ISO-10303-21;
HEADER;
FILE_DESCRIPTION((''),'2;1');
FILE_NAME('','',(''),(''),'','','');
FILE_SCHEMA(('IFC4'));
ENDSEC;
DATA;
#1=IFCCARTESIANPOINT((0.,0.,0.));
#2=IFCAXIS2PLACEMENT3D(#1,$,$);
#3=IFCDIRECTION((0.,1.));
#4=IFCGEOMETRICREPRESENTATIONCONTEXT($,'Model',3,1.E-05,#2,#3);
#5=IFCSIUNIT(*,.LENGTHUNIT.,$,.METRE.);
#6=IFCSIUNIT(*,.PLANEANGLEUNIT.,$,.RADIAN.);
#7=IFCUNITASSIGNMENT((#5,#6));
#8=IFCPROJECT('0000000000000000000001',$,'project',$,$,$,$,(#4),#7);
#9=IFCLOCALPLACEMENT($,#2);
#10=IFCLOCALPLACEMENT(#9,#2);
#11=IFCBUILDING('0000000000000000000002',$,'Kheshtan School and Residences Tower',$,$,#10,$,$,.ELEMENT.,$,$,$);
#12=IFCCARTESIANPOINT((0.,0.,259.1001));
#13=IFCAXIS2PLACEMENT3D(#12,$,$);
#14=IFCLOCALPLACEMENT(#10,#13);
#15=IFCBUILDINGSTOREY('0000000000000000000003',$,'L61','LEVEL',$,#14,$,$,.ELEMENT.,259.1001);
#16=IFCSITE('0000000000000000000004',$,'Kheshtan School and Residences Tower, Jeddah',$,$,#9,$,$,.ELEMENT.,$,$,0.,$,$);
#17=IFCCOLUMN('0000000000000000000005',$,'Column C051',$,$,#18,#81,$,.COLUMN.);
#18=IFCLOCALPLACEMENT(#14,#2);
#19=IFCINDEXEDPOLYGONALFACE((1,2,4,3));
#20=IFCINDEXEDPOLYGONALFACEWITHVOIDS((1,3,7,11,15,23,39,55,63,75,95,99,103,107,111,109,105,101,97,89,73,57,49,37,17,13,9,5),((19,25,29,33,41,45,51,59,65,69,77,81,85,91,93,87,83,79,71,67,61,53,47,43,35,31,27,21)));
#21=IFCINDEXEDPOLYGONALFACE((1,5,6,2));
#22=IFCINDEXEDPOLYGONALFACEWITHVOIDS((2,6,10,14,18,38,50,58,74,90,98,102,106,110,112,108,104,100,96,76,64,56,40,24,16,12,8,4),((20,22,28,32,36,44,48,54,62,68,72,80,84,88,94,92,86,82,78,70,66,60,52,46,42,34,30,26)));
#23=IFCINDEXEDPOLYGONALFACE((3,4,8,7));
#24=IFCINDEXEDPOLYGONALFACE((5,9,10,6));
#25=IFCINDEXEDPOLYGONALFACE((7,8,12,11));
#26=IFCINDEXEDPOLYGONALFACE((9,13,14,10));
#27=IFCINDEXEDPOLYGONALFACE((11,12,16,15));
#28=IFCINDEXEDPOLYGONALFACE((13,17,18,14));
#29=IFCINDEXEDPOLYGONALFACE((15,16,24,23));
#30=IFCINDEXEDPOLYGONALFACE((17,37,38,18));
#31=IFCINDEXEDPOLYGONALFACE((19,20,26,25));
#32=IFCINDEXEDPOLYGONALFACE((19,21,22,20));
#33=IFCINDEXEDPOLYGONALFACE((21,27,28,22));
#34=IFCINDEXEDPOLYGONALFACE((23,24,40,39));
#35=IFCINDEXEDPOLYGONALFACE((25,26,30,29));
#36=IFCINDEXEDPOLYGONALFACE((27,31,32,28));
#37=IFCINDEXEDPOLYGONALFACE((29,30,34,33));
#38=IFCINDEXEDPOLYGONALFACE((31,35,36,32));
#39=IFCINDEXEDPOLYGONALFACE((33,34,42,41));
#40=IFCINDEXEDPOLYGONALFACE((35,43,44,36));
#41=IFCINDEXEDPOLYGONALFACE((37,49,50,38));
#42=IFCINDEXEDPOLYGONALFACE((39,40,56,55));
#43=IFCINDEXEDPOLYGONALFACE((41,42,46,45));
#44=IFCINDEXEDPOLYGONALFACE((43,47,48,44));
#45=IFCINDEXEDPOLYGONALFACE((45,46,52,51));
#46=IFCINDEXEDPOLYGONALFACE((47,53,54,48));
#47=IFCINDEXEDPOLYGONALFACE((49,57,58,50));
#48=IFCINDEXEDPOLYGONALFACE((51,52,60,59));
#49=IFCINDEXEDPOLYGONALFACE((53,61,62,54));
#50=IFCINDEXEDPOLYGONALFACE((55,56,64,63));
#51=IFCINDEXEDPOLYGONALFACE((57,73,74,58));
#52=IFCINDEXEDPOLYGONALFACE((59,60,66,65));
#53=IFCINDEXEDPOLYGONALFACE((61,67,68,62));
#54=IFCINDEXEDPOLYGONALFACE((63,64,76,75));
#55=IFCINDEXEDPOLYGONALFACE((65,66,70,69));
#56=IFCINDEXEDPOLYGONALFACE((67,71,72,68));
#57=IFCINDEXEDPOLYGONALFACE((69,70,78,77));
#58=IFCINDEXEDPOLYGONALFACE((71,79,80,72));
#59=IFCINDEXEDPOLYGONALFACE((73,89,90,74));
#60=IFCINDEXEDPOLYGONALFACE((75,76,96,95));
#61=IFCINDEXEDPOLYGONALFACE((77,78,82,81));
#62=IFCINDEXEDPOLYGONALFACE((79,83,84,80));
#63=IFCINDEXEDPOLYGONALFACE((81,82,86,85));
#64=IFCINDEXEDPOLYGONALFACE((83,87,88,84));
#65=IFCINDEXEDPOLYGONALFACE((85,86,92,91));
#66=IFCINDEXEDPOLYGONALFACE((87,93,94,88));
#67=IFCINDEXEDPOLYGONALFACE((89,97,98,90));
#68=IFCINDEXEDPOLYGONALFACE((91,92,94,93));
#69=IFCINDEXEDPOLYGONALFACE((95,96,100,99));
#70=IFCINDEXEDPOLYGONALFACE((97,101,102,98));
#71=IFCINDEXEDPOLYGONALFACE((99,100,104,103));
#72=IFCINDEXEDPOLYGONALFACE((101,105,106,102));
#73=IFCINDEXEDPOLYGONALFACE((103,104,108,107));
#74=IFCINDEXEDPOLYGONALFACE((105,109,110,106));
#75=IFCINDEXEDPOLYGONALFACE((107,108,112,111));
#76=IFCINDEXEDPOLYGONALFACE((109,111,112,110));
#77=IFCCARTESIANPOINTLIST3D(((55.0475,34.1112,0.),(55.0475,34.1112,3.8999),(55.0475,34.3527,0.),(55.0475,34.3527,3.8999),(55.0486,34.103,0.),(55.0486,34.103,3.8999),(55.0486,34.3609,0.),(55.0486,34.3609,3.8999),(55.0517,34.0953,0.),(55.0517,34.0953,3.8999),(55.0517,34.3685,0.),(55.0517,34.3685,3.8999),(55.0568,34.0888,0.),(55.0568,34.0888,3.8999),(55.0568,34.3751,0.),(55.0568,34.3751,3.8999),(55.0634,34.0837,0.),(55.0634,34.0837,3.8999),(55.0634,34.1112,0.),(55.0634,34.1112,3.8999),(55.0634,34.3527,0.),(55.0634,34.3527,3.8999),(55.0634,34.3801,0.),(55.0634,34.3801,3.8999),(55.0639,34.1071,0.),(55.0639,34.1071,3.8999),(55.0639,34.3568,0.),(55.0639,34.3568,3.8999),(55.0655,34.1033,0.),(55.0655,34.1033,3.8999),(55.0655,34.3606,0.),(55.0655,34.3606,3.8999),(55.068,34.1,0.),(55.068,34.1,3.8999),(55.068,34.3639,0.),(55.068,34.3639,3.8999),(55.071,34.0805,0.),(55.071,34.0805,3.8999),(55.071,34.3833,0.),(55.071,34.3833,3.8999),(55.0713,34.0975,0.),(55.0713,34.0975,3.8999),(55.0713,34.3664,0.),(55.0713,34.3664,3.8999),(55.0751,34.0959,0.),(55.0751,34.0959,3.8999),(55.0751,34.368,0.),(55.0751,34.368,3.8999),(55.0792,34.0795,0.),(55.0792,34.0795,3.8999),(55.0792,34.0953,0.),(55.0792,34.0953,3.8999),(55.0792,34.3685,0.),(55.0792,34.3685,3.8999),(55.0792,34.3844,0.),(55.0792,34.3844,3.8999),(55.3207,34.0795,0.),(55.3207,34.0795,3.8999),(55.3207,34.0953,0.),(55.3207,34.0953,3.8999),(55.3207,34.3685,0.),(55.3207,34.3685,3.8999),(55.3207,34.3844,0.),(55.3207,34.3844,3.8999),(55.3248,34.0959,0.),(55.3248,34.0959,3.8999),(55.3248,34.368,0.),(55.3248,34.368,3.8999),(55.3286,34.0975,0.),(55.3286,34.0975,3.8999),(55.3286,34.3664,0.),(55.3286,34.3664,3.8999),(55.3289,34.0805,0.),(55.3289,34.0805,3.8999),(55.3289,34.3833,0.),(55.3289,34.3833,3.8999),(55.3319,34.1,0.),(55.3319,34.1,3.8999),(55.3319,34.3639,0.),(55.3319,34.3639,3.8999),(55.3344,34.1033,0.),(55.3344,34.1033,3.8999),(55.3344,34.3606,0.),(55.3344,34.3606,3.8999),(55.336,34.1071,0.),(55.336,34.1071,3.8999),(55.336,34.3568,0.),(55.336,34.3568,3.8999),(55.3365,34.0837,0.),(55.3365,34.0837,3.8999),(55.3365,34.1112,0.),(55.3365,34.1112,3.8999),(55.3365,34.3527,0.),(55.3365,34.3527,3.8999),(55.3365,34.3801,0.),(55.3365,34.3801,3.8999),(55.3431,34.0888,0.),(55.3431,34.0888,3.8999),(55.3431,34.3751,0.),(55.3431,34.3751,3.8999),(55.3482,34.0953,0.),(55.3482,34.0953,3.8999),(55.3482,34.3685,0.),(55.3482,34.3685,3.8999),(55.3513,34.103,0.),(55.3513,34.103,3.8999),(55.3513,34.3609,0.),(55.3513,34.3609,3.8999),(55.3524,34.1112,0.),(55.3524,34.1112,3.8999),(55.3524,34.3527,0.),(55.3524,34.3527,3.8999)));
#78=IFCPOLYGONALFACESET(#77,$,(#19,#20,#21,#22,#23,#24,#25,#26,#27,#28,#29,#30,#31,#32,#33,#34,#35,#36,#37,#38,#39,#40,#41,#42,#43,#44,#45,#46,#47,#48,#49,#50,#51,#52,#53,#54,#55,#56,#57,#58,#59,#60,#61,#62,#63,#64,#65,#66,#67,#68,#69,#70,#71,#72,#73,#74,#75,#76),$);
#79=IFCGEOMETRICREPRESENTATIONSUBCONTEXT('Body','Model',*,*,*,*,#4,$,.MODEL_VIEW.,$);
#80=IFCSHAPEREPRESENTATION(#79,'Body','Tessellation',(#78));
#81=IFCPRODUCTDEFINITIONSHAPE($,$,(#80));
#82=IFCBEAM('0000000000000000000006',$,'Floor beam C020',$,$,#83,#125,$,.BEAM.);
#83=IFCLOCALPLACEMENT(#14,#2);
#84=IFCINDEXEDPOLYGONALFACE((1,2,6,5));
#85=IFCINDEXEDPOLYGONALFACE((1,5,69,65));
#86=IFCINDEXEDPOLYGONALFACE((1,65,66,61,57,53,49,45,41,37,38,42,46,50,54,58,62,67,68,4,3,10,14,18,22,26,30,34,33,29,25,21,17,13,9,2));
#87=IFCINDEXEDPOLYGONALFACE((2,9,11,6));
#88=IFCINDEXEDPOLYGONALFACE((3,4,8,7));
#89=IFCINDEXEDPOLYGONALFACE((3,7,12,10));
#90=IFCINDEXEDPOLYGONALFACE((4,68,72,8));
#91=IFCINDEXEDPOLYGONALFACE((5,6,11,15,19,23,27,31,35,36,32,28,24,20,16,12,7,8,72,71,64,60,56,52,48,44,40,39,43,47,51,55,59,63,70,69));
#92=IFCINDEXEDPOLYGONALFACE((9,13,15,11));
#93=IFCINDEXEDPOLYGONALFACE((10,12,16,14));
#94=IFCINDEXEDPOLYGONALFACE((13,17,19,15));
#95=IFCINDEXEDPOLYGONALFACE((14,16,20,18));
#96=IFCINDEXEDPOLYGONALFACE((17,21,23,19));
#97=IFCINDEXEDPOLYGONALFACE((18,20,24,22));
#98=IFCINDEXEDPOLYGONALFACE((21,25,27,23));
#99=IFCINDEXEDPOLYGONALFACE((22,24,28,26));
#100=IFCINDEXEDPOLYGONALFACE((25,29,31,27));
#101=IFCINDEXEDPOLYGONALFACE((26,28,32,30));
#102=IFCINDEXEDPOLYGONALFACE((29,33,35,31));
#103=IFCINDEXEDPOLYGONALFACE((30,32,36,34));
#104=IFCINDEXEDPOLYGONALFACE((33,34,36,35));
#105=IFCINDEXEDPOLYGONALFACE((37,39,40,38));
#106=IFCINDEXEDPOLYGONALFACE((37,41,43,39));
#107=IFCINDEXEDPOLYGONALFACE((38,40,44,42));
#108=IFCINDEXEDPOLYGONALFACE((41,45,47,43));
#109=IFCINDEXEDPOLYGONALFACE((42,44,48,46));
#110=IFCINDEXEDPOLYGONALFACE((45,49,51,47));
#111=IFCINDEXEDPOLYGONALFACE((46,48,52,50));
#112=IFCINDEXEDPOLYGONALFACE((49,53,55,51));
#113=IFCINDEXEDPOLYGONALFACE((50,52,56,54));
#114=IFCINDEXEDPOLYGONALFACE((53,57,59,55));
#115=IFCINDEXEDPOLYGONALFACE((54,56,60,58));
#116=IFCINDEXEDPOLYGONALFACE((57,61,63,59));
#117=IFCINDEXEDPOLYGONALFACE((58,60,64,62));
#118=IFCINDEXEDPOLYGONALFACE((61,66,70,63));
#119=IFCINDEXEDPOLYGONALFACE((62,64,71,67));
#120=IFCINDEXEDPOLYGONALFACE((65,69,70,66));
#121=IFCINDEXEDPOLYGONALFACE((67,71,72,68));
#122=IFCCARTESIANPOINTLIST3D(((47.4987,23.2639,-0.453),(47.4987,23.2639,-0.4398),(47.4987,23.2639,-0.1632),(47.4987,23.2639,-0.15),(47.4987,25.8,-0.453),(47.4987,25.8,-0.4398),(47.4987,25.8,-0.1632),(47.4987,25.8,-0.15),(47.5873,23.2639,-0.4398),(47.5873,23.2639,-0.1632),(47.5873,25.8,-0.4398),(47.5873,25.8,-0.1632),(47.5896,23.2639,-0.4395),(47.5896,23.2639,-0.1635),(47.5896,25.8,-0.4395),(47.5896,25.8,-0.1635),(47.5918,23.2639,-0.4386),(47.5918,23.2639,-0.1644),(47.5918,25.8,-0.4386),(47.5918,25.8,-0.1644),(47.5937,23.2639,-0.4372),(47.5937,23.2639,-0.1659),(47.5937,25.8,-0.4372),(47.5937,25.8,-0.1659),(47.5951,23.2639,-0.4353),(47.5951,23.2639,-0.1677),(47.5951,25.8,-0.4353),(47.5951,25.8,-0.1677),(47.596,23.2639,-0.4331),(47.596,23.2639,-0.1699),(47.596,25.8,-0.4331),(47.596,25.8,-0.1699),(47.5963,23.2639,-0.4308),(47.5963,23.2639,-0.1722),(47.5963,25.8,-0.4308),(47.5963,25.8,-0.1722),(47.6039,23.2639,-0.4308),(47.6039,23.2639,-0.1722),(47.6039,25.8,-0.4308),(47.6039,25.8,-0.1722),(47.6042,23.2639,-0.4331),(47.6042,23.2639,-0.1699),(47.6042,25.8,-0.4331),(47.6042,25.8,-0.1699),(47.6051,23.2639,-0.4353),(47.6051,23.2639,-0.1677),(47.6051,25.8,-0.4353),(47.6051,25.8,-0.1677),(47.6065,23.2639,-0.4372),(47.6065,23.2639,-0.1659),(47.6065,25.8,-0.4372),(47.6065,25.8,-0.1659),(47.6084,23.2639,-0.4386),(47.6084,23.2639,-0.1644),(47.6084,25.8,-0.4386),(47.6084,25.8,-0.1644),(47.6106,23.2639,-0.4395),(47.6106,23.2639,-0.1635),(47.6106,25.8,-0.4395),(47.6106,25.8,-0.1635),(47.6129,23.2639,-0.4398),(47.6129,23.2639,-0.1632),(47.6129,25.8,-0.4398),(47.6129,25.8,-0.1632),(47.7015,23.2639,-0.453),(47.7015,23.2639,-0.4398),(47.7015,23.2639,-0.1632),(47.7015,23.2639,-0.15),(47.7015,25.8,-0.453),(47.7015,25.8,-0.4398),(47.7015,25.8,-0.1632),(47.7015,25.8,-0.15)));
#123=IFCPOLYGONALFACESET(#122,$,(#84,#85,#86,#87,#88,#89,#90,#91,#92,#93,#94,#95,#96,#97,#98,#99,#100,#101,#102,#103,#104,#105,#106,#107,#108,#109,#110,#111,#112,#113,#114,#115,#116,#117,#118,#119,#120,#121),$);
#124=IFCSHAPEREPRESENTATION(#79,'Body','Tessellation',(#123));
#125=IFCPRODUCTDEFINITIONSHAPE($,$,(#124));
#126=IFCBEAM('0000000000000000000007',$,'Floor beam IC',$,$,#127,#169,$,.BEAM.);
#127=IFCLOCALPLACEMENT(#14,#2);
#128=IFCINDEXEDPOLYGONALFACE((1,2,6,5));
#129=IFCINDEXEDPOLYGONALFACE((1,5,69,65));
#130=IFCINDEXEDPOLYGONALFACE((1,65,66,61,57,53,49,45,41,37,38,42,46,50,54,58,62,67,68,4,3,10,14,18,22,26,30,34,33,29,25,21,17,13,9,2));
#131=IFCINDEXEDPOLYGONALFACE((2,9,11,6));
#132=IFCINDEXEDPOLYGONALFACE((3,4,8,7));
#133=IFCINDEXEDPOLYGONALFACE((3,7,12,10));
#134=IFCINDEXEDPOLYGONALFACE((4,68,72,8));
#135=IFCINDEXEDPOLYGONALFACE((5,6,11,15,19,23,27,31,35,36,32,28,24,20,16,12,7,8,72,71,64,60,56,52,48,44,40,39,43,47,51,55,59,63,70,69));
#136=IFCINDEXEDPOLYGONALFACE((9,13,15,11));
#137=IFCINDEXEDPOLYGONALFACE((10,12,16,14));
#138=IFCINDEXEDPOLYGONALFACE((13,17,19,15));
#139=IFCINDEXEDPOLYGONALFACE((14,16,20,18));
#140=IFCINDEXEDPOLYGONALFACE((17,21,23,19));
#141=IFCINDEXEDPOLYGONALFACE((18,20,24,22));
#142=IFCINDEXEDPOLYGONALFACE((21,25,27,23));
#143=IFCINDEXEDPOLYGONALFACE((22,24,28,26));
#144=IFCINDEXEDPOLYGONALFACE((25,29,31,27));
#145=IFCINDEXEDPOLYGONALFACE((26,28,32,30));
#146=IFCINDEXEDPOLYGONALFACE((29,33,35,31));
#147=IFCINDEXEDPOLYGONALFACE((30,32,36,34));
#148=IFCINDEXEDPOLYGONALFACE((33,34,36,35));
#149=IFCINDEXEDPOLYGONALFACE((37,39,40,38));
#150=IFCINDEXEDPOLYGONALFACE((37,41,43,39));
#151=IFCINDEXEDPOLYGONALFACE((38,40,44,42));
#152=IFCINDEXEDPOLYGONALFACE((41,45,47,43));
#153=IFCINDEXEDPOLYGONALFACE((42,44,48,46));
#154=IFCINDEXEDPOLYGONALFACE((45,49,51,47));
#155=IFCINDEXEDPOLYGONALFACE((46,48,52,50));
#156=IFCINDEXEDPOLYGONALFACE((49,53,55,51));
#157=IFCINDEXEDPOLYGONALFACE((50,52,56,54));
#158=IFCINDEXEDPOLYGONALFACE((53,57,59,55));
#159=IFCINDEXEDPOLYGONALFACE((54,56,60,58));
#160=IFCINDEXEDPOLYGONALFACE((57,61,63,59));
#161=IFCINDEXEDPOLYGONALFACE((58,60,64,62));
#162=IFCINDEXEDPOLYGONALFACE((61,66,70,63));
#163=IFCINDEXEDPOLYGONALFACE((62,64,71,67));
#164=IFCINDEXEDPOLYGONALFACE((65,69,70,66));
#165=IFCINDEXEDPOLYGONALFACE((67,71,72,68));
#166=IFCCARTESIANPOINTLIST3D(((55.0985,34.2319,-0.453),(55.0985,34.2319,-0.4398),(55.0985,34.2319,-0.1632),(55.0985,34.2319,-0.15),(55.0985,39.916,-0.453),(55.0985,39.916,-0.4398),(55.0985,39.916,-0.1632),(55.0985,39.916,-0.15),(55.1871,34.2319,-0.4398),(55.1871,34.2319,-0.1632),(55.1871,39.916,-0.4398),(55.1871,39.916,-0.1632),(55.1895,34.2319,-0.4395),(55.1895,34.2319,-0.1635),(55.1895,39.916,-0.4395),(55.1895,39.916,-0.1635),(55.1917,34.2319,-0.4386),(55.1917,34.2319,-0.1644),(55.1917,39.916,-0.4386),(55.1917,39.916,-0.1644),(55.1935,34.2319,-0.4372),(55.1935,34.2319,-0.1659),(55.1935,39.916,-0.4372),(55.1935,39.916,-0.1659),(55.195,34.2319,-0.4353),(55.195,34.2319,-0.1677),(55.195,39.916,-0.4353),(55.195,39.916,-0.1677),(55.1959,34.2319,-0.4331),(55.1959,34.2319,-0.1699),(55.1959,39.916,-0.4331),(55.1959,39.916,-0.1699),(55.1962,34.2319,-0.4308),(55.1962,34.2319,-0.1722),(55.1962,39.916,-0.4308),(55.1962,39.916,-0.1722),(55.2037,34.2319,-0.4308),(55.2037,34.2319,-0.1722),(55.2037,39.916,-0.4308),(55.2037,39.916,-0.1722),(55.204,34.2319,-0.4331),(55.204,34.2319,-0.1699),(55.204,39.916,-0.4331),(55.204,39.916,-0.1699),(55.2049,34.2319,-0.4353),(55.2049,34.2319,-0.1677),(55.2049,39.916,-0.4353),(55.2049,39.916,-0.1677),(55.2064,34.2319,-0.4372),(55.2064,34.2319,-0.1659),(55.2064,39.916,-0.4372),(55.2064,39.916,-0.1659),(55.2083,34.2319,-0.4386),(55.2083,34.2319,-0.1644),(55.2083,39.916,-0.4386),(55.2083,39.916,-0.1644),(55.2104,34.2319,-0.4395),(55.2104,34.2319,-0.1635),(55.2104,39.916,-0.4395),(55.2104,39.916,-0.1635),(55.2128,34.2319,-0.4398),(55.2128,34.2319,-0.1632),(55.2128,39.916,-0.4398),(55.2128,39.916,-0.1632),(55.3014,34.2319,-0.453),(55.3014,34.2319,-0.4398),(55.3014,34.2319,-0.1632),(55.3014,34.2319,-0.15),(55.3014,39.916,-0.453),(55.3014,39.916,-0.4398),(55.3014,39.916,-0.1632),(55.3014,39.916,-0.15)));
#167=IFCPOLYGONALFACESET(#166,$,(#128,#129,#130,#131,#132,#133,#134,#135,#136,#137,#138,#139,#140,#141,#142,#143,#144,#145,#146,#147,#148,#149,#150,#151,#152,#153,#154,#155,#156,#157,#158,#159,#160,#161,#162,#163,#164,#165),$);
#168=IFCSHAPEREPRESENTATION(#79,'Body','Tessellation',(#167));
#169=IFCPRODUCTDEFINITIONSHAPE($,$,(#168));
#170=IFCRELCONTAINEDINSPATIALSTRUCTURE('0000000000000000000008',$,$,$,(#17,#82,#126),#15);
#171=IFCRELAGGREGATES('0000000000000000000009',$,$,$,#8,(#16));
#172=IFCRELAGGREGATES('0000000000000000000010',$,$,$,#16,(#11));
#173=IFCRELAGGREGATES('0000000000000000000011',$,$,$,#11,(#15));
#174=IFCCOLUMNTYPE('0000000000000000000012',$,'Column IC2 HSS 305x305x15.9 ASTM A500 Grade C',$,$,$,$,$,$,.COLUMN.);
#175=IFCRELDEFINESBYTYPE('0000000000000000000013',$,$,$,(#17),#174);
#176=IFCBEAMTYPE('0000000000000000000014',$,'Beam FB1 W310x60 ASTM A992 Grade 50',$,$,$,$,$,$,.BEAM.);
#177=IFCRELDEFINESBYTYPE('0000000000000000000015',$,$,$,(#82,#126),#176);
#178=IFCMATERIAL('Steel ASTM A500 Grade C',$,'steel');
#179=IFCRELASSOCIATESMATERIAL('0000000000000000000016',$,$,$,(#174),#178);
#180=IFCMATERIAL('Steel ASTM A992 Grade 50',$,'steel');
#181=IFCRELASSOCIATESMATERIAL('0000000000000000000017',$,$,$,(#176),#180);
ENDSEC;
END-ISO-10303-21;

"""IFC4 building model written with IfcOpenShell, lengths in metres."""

from ifc_helpers import new_model, si_unit, direction, frame, origin, origin_2d, place, context, subcontext, project, spatial, hollow_rectangle, i_section, extrude, material, material_profile, profile_set, type_object, element, save


model = new_model("IFC4")

# Units and contexts
model_context = context("Model", 3, precision=1e-05, world=origin(), true_north=direction((0.0, 1.0)))
body_context = subcontext(model_context, "Body", "Model", "MODEL_VIEW")
ifc_project = project(units=[si_unit("LENGTHUNIT", "METRE"), si_unit("PLANEANGLEUNIT", "RADIAN")], contexts=[model_context])

# Site, building, storey
site_placement = place(None, origin())
site = spatial("IfcSite", under=ifc_project, at=site_placement, Name="Kheshtan School and Residences Tower, Jeddah", CompositionType="ELEMENT", RefElevation=0.0)
building_placement = place(site_placement, origin())
building = spatial("IfcBuilding", under=site, at=building_placement, Name="Kheshtan School and Residences Tower", CompositionType="ELEMENT")
storey_placement = place(building_placement, frame((0.0, 0.0, 259.1001)))
storey = spatial("IfcBuildingStorey", under=building, at=storey_placement, Name="L61", Description="LEVEL", CompositionType="ELEMENT", Elevation=259.1001)

# Column
ifc_material_1 = material(Name="Steel ASTM A992 Grade 50", Category="steel")
ifc_material_2 = material(Name="Steel ASTM A500 Grade C", Category="steel")
ifc_material_profile_1 = material_profile(ifc_material_2, hollow_rectangle(XDim=0.3049, YDim=0.3049, WallThickness=0.0159, InnerFilletRadius=0.0159, OuterFilletRadius=0.0317, at=origin_2d()), Name="HSS 305x305x15.9")
ifc_profile_set_1 = profile_set([ifc_material_profile_1], Name="Steel ASTM A500 Grade C")
column_type_1 = type_object("IfcColumnType", Name="Column IC2 HSS 305x305x15.9 ASTM A500 Grade C", PredefinedType="COLUMN", material=ifc_profile_set_1)
column_placement = place(storey_placement, frame((55.2, 34.2319, 0.0), z_axis=(0.0, 0.0, 1.0), x_axis=(1.0, 0.0, 0.0)))
element("IfcColumn", 1, at=column_placement, inside=storey, type_object=column_type_1, Name="Column C051", PredefinedType="COLUMN", context=body_context, shape_type="SweptSolid", body=[
    extrude(hollow_rectangle(XDim=0.3049, YDim=0.3049, WallThickness=0.0159, InnerFilletRadius=0.0159, OuterFilletRadius=0.0317, at=origin_2d()), origin(), (0.0, 0.0, 1.0), 3.8999),
])

# Beams
ifc_material_profile_2 = material_profile(ifc_material_1, i_section(OverallWidth=0.2029, OverallDepth=0.303, WebThickness=0.0076, FlangeThickness=0.0132, FilletRadius=0.009, at=origin_2d()), Name="W310x60")
ifc_profile_set_2 = profile_set([ifc_material_profile_2], Name="Steel ASTM A992 Grade 50")
beam_type_1 = type_object("IfcBeamType", Name="Beam FB1 W310x60 ASTM A992 Grade 50", PredefinedType="BEAM", material=ifc_profile_set_2)
beam_1_placement = place(storey_placement, frame((47.6001, 23.2639, -0.3015), z_axis=(0.0, 1.0, 0.0), x_axis=(-1.0, 0.0, 0.0)))
element("IfcBeam", 2, at=beam_1_placement, inside=storey, type_object=beam_type_1, Name="Floor beam C020", PredefinedType="BEAM", context=body_context, shape_type="SweptSolid", body=[
    extrude(i_section(OverallWidth=0.2029, OverallDepth=0.303, WebThickness=0.0076, FlangeThickness=0.0132, FilletRadius=0.009, at=origin_2d()), origin(), (0.0, 0.0, 1.0), 2.5361),
])
beam_2_placement = place(storey_placement, frame((55.2, 34.2319, -0.3015), z_axis=(0.0, 1.0, 0.0), x_axis=(-1.0, 0.0, 0.0)))
element("IfcBeam", 3, at=beam_2_placement, inside=storey, type_object=beam_type_1, Name="Floor beam IC", PredefinedType="BEAM", context=body_context, shape_type="SweptSolid", body=[
    extrude(i_section(OverallWidth=0.2029, OverallDepth=0.303, WebThickness=0.0076, FlangeThickness=0.0132, FilletRadius=0.009, at=origin_2d()), origin(), (0.0, 0.0, 1.0), 5.6841),
])

save(model, "model.ifc")
